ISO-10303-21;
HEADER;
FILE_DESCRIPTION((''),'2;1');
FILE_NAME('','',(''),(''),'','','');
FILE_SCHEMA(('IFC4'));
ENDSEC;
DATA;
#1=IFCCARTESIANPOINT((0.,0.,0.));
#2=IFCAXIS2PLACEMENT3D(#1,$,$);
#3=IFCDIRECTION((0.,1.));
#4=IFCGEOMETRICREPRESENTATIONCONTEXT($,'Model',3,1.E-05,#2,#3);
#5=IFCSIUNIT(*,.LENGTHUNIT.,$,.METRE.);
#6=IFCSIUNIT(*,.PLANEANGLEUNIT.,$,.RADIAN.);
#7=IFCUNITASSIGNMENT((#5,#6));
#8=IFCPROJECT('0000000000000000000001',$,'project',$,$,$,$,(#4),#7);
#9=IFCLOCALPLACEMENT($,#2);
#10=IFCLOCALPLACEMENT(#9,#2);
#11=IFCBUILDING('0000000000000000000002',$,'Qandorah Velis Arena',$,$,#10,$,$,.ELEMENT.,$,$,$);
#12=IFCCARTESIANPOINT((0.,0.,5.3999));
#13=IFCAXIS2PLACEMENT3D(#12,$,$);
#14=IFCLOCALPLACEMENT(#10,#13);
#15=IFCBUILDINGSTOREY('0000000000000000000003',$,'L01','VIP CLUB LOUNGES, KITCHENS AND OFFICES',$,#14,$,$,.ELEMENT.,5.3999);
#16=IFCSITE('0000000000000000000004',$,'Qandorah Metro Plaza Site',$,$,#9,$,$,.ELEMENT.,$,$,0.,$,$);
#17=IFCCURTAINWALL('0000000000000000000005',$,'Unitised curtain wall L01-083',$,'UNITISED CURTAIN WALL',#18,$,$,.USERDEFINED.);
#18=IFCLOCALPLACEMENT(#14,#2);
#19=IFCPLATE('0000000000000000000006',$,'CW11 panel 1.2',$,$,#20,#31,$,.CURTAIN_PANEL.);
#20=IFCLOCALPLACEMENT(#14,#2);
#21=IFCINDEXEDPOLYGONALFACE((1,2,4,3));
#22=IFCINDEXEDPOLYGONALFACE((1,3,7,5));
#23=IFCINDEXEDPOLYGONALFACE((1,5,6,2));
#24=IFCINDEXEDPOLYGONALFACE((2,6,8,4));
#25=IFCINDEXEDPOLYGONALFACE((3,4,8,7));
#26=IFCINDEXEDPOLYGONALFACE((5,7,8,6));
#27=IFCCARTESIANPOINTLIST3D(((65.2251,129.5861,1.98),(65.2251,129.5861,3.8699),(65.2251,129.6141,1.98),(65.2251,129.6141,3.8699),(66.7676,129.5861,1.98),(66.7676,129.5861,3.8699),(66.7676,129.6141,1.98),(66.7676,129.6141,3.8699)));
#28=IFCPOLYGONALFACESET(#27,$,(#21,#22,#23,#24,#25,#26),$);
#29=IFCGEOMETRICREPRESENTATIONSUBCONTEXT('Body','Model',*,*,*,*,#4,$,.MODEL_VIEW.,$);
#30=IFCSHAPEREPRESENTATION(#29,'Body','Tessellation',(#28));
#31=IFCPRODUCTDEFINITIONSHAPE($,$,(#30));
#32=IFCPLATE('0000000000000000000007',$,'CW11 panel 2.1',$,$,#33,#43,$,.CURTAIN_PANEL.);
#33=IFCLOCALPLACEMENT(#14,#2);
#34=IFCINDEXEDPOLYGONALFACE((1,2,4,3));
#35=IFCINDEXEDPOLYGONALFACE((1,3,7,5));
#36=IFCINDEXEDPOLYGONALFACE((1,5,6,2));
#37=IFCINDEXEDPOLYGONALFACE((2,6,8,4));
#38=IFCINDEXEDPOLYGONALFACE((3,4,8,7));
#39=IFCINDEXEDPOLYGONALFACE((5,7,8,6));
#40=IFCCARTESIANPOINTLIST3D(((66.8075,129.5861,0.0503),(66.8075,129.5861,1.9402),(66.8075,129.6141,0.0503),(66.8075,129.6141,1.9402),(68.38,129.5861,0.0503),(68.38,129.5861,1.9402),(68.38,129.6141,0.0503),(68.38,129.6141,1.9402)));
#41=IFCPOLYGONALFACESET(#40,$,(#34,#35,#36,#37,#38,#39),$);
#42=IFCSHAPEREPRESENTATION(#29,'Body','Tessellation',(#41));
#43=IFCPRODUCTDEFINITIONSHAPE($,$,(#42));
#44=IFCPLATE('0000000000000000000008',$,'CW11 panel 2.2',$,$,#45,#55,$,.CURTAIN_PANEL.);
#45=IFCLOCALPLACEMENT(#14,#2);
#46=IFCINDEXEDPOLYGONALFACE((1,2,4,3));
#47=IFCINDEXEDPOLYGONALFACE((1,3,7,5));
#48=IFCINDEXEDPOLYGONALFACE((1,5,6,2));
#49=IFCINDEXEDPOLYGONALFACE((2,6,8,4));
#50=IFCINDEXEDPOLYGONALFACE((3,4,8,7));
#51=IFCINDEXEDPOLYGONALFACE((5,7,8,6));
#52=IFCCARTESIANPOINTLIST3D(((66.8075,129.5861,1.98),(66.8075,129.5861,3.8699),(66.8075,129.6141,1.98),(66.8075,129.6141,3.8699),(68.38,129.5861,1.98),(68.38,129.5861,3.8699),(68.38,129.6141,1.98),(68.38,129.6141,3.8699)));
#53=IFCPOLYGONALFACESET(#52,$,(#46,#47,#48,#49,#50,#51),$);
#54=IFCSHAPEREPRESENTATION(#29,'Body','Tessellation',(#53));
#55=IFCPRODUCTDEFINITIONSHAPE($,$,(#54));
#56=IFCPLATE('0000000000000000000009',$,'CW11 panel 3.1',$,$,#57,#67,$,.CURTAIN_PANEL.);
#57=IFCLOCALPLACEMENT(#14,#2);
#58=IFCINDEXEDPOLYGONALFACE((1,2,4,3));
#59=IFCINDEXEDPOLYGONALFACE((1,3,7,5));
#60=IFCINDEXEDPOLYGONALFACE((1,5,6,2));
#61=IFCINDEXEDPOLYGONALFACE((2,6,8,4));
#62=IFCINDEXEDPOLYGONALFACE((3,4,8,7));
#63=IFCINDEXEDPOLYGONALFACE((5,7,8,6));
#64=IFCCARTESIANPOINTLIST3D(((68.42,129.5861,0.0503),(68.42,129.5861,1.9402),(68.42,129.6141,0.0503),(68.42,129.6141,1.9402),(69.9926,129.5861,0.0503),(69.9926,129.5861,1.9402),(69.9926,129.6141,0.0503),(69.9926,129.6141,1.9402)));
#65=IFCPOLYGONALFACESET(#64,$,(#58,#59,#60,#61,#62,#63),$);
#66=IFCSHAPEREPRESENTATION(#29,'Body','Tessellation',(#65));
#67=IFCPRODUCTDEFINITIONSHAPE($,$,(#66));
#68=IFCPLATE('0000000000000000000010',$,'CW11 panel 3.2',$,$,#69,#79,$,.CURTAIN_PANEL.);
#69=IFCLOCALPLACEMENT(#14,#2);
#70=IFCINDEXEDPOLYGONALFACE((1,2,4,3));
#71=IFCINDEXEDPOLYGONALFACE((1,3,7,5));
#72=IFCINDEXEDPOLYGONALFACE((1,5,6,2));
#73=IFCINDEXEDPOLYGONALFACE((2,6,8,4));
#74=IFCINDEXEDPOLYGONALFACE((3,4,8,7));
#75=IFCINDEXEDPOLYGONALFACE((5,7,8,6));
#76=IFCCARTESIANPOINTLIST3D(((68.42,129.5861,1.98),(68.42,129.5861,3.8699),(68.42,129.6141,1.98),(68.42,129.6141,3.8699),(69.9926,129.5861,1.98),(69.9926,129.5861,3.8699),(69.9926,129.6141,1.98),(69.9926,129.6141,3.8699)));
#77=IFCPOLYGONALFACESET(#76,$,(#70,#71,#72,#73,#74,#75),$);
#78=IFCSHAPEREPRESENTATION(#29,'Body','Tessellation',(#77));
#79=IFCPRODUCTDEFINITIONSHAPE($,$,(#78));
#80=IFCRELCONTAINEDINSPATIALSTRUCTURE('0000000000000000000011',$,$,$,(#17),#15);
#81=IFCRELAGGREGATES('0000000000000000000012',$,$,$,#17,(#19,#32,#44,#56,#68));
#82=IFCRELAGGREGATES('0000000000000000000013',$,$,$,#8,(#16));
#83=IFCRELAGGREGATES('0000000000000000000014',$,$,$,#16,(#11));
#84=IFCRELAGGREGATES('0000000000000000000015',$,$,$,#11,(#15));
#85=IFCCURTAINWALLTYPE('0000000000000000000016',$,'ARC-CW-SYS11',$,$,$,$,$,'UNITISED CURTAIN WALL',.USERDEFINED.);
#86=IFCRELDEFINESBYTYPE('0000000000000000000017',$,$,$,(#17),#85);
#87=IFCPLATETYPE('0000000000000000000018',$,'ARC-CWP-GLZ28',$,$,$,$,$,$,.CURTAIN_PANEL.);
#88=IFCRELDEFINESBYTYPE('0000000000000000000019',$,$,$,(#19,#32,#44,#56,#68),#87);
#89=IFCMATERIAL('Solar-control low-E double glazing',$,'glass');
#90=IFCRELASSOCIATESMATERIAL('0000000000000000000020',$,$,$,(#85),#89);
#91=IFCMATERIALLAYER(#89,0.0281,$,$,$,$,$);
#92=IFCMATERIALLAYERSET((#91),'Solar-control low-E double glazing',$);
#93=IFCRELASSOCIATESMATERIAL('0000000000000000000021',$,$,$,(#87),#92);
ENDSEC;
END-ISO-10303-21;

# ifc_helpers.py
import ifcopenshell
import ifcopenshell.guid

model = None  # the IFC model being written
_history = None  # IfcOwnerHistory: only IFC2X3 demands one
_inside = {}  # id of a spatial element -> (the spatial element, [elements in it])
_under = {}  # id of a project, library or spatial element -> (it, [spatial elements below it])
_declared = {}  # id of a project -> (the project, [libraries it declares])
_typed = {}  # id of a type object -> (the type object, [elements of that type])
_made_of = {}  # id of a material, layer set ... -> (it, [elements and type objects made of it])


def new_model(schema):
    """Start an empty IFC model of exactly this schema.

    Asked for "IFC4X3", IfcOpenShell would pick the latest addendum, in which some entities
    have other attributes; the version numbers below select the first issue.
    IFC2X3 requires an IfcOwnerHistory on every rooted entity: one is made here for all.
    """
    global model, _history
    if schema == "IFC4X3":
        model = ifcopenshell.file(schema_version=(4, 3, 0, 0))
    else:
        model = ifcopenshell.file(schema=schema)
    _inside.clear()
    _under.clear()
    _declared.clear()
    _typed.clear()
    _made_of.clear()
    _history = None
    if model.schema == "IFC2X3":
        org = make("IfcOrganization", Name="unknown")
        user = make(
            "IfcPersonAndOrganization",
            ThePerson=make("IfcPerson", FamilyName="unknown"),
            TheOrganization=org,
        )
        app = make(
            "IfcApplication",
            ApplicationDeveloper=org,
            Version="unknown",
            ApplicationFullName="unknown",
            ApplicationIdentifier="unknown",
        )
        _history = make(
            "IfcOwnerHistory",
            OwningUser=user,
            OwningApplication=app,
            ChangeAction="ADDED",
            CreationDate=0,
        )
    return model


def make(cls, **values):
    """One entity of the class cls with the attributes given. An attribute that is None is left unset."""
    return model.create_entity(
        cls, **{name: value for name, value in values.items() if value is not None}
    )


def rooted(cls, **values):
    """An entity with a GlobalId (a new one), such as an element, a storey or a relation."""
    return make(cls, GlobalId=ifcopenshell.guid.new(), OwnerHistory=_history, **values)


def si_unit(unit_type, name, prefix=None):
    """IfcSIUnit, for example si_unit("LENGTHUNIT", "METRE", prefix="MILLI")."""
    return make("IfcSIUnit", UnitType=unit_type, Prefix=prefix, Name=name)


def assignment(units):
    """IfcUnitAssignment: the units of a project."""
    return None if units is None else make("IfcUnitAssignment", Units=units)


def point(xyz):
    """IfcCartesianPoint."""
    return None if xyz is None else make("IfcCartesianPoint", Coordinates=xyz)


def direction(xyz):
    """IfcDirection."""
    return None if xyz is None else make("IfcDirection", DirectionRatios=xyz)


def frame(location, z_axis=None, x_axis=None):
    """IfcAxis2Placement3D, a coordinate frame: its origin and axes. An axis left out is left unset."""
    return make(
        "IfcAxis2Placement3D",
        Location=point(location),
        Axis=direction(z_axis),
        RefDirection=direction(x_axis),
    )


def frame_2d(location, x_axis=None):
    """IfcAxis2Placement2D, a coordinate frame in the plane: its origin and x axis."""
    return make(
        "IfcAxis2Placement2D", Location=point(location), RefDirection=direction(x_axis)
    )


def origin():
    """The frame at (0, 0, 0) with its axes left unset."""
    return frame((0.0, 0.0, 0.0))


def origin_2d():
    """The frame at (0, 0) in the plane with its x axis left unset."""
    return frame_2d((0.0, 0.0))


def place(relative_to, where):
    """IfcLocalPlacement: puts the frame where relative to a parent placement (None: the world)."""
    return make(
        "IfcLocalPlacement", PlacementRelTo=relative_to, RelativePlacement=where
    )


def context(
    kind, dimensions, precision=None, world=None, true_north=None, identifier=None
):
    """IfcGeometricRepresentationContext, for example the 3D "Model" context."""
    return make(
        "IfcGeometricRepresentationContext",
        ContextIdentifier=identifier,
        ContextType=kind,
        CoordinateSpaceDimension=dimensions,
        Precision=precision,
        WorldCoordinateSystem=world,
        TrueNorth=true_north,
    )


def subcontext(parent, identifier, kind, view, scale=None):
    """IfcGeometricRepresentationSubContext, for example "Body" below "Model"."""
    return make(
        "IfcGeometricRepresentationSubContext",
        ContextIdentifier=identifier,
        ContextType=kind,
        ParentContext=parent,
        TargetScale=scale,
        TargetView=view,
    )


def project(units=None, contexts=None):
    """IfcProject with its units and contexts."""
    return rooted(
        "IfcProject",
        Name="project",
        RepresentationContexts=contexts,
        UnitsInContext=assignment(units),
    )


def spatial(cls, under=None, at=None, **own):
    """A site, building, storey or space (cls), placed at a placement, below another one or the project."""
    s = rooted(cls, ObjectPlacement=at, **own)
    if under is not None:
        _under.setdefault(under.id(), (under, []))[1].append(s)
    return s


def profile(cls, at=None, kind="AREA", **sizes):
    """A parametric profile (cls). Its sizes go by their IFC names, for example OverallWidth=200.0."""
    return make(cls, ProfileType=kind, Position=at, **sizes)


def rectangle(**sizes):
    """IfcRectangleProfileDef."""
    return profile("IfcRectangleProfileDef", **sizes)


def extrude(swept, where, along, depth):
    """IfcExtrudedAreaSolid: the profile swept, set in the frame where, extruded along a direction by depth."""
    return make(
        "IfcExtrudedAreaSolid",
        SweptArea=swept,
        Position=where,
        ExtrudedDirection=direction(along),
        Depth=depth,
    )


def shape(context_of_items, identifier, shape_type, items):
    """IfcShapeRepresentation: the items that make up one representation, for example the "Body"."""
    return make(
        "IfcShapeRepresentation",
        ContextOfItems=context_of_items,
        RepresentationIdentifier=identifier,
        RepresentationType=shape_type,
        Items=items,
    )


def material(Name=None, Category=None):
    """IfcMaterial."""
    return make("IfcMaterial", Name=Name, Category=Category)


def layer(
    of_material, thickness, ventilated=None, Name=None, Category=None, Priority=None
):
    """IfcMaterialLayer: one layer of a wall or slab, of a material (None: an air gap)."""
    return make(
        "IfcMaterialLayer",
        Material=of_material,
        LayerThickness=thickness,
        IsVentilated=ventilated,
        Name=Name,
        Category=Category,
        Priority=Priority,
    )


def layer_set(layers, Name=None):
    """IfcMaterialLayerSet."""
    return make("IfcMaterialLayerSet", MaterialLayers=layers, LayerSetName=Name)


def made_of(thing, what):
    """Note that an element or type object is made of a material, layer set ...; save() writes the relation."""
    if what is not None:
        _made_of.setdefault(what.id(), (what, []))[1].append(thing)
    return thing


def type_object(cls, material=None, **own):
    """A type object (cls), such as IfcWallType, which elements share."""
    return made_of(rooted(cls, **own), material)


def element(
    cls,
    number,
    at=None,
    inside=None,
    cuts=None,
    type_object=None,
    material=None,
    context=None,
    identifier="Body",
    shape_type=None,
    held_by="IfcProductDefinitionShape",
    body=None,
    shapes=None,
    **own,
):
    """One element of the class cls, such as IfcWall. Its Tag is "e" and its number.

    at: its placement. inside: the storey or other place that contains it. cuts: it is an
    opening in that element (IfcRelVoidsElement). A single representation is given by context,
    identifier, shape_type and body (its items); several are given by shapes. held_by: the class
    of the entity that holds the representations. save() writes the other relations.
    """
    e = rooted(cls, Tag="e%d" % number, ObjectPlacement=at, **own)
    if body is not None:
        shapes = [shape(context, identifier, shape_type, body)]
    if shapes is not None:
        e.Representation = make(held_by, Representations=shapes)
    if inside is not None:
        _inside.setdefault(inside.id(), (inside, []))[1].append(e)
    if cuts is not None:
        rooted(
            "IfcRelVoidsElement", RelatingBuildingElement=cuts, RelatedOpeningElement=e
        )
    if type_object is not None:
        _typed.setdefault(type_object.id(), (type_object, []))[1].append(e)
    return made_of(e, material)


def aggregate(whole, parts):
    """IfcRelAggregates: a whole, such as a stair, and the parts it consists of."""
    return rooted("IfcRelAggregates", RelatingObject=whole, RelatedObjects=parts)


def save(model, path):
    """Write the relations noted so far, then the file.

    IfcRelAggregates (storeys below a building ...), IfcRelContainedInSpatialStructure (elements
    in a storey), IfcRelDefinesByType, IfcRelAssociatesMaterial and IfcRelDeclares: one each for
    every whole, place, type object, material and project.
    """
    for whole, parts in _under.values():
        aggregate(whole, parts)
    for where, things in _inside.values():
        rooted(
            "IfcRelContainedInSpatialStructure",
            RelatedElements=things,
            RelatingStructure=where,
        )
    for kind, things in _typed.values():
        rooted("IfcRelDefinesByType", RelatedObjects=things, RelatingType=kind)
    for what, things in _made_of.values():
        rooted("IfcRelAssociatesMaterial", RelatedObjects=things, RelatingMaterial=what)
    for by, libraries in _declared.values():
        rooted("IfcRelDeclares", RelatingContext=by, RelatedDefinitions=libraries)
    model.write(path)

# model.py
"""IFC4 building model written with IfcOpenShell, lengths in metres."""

from ifc_helpers import new_model, si_unit, direction, frame, origin, origin_2d, place, context, subcontext, project, spatial, rectangle, extrude, material, layer, layer_set, type_object, element, aggregate, save


model = new_model("IFC4")

# Units and contexts
model_context = context("Model", 3, precision=1e-05, world=origin(), true_north=direction((0.0, 1.0)))
body_context = subcontext(model_context, "Body", "Model", "MODEL_VIEW")
ifc_project = project(units=[si_unit("LENGTHUNIT", "METRE"), si_unit("PLANEANGLEUNIT", "RADIAN")], contexts=[model_context])

# Site, building, storey
site_placement = place(None, origin())
site = spatial("IfcSite", under=ifc_project, at=site_placement, Name="Qandorah Metro Plaza Site", CompositionType="ELEMENT", RefElevation=0.0)
building_placement = place(site_placement, origin())
building = spatial("IfcBuilding", under=site, at=building_placement, Name="Qandorah Velis Arena", CompositionType="ELEMENT")
storey_placement = place(building_placement, frame((0.0, 0.0, 5.3999)))
storey = spatial("IfcBuildingStorey", under=building, at=storey_placement, Name="L01", Description="VIP CLUB LOUNGES, KITCHENS AND OFFICES", CompositionType="ELEMENT", Elevation=5.3999)

# Curtain wall
ifc_material_1 = material(Name="Solar-control low-E double glazing", Category="glass")
curtain_wall_type = type_object("IfcCurtainWallType", Name="ARC-CW-SYS11", ElementType="UNITISED CURTAIN WALL", PredefinedType="USERDEFINED", material=ifc_material_1)
curtain_wall_placement = place(storey_placement, origin())
curtain_wall = element("IfcCurtainWall", 1, at=curtain_wall_placement, inside=storey, type_object=curtain_wall_type, Name="Unitised curtain wall L01-083", ObjectType="UNITISED CURTAIN WALL", PredefinedType="USERDEFINED")

# Plates
ifc_layer = layer(ifc_material_1, 0.0281)
ifc_layer_set = layer_set([ifc_layer], Name="Solar-control low-E double glazing")
plate_type = type_object("IfcPlateType", Name="ARC-CWP-GLZ28", PredefinedType="CURTAIN_PANEL", material=ifc_layer_set)
plate_1_placement = place(storey_placement, frame((65.9963, 129.6001, 1.98), z_axis=(0.0, 0.0, 1.0), x_axis=(1.0, 0.0, 0.0)))
plate_1 = element("IfcPlate", 2, at=plate_1_placement, type_object=plate_type, Name="CW11 panel 1.2", PredefinedType="CURTAIN_PANEL", context=body_context, shape_type="SweptSolid", body=[
    extrude(rectangle(XDim=1.5425, YDim=0.0281, at=origin_2d()), origin(), (0.0, 0.0, 1.0), 1.8899),
])
plate_2_placement = place(storey_placement, frame((67.5938, 129.6001, 0.0503), z_axis=(0.0, 0.0, 1.0), x_axis=(1.0, 0.0, 0.0)))
plate_2 = element("IfcPlate", 3, at=plate_2_placement, type_object=plate_type, Name="CW11 panel 2.1", PredefinedType="CURTAIN_PANEL", context=body_context, shape_type="SweptSolid", body=[
    extrude(rectangle(XDim=1.5725, YDim=0.0281, at=origin_2d()), origin(), (0.0, 0.0, 1.0), 1.8899),
])
plate_3_placement = place(storey_placement, frame((67.5938, 129.6001, 1.98), z_axis=(0.0, 0.0, 1.0), x_axis=(1.0, 0.0, 0.0)))
plate_3 = element("IfcPlate", 4, at=plate_3_placement, type_object=plate_type, Name="CW11 panel 2.2", PredefinedType="CURTAIN_PANEL", context=body_context, shape_type="SweptSolid", body=[
    extrude(rectangle(XDim=1.5725, YDim=0.0281, at=origin_2d()), origin(), (0.0, 0.0, 1.0), 1.8899),
])
plate_4_placement = place(storey_placement, frame((69.2063, 129.6001, 0.0503), z_axis=(0.0, 0.0, 1.0), x_axis=(1.0, 0.0, 0.0)))
plate_4 = element("IfcPlate", 5, at=plate_4_placement, type_object=plate_type, Name="CW11 panel 3.1", PredefinedType="CURTAIN_PANEL", context=body_context, shape_type="SweptSolid", body=[
    extrude(rectangle(XDim=1.5725, YDim=0.0281, at=origin_2d()), origin(), (0.0, 0.0, 1.0), 1.8899),
])
plate_5_placement = place(storey_placement, frame((69.2063, 129.6001, 1.98), z_axis=(0.0, 0.0, 1.0), x_axis=(1.0, 0.0, 0.0)))
plate_5 = element("IfcPlate", 6, at=plate_5_placement, type_object=plate_type, Name="CW11 panel 3.2", PredefinedType="CURTAIN_PANEL", context=body_context, shape_type="SweptSolid", body=[
    extrude(rectangle(XDim=1.5725, YDim=0.0281, at=origin_2d()), origin(), (0.0, 0.0, 1.0), 1.8899),
])
aggregate(curtain_wall, [plate_1, plate_2, plate_3, plate_4, plate_5])

save(model, "model.ifc")
